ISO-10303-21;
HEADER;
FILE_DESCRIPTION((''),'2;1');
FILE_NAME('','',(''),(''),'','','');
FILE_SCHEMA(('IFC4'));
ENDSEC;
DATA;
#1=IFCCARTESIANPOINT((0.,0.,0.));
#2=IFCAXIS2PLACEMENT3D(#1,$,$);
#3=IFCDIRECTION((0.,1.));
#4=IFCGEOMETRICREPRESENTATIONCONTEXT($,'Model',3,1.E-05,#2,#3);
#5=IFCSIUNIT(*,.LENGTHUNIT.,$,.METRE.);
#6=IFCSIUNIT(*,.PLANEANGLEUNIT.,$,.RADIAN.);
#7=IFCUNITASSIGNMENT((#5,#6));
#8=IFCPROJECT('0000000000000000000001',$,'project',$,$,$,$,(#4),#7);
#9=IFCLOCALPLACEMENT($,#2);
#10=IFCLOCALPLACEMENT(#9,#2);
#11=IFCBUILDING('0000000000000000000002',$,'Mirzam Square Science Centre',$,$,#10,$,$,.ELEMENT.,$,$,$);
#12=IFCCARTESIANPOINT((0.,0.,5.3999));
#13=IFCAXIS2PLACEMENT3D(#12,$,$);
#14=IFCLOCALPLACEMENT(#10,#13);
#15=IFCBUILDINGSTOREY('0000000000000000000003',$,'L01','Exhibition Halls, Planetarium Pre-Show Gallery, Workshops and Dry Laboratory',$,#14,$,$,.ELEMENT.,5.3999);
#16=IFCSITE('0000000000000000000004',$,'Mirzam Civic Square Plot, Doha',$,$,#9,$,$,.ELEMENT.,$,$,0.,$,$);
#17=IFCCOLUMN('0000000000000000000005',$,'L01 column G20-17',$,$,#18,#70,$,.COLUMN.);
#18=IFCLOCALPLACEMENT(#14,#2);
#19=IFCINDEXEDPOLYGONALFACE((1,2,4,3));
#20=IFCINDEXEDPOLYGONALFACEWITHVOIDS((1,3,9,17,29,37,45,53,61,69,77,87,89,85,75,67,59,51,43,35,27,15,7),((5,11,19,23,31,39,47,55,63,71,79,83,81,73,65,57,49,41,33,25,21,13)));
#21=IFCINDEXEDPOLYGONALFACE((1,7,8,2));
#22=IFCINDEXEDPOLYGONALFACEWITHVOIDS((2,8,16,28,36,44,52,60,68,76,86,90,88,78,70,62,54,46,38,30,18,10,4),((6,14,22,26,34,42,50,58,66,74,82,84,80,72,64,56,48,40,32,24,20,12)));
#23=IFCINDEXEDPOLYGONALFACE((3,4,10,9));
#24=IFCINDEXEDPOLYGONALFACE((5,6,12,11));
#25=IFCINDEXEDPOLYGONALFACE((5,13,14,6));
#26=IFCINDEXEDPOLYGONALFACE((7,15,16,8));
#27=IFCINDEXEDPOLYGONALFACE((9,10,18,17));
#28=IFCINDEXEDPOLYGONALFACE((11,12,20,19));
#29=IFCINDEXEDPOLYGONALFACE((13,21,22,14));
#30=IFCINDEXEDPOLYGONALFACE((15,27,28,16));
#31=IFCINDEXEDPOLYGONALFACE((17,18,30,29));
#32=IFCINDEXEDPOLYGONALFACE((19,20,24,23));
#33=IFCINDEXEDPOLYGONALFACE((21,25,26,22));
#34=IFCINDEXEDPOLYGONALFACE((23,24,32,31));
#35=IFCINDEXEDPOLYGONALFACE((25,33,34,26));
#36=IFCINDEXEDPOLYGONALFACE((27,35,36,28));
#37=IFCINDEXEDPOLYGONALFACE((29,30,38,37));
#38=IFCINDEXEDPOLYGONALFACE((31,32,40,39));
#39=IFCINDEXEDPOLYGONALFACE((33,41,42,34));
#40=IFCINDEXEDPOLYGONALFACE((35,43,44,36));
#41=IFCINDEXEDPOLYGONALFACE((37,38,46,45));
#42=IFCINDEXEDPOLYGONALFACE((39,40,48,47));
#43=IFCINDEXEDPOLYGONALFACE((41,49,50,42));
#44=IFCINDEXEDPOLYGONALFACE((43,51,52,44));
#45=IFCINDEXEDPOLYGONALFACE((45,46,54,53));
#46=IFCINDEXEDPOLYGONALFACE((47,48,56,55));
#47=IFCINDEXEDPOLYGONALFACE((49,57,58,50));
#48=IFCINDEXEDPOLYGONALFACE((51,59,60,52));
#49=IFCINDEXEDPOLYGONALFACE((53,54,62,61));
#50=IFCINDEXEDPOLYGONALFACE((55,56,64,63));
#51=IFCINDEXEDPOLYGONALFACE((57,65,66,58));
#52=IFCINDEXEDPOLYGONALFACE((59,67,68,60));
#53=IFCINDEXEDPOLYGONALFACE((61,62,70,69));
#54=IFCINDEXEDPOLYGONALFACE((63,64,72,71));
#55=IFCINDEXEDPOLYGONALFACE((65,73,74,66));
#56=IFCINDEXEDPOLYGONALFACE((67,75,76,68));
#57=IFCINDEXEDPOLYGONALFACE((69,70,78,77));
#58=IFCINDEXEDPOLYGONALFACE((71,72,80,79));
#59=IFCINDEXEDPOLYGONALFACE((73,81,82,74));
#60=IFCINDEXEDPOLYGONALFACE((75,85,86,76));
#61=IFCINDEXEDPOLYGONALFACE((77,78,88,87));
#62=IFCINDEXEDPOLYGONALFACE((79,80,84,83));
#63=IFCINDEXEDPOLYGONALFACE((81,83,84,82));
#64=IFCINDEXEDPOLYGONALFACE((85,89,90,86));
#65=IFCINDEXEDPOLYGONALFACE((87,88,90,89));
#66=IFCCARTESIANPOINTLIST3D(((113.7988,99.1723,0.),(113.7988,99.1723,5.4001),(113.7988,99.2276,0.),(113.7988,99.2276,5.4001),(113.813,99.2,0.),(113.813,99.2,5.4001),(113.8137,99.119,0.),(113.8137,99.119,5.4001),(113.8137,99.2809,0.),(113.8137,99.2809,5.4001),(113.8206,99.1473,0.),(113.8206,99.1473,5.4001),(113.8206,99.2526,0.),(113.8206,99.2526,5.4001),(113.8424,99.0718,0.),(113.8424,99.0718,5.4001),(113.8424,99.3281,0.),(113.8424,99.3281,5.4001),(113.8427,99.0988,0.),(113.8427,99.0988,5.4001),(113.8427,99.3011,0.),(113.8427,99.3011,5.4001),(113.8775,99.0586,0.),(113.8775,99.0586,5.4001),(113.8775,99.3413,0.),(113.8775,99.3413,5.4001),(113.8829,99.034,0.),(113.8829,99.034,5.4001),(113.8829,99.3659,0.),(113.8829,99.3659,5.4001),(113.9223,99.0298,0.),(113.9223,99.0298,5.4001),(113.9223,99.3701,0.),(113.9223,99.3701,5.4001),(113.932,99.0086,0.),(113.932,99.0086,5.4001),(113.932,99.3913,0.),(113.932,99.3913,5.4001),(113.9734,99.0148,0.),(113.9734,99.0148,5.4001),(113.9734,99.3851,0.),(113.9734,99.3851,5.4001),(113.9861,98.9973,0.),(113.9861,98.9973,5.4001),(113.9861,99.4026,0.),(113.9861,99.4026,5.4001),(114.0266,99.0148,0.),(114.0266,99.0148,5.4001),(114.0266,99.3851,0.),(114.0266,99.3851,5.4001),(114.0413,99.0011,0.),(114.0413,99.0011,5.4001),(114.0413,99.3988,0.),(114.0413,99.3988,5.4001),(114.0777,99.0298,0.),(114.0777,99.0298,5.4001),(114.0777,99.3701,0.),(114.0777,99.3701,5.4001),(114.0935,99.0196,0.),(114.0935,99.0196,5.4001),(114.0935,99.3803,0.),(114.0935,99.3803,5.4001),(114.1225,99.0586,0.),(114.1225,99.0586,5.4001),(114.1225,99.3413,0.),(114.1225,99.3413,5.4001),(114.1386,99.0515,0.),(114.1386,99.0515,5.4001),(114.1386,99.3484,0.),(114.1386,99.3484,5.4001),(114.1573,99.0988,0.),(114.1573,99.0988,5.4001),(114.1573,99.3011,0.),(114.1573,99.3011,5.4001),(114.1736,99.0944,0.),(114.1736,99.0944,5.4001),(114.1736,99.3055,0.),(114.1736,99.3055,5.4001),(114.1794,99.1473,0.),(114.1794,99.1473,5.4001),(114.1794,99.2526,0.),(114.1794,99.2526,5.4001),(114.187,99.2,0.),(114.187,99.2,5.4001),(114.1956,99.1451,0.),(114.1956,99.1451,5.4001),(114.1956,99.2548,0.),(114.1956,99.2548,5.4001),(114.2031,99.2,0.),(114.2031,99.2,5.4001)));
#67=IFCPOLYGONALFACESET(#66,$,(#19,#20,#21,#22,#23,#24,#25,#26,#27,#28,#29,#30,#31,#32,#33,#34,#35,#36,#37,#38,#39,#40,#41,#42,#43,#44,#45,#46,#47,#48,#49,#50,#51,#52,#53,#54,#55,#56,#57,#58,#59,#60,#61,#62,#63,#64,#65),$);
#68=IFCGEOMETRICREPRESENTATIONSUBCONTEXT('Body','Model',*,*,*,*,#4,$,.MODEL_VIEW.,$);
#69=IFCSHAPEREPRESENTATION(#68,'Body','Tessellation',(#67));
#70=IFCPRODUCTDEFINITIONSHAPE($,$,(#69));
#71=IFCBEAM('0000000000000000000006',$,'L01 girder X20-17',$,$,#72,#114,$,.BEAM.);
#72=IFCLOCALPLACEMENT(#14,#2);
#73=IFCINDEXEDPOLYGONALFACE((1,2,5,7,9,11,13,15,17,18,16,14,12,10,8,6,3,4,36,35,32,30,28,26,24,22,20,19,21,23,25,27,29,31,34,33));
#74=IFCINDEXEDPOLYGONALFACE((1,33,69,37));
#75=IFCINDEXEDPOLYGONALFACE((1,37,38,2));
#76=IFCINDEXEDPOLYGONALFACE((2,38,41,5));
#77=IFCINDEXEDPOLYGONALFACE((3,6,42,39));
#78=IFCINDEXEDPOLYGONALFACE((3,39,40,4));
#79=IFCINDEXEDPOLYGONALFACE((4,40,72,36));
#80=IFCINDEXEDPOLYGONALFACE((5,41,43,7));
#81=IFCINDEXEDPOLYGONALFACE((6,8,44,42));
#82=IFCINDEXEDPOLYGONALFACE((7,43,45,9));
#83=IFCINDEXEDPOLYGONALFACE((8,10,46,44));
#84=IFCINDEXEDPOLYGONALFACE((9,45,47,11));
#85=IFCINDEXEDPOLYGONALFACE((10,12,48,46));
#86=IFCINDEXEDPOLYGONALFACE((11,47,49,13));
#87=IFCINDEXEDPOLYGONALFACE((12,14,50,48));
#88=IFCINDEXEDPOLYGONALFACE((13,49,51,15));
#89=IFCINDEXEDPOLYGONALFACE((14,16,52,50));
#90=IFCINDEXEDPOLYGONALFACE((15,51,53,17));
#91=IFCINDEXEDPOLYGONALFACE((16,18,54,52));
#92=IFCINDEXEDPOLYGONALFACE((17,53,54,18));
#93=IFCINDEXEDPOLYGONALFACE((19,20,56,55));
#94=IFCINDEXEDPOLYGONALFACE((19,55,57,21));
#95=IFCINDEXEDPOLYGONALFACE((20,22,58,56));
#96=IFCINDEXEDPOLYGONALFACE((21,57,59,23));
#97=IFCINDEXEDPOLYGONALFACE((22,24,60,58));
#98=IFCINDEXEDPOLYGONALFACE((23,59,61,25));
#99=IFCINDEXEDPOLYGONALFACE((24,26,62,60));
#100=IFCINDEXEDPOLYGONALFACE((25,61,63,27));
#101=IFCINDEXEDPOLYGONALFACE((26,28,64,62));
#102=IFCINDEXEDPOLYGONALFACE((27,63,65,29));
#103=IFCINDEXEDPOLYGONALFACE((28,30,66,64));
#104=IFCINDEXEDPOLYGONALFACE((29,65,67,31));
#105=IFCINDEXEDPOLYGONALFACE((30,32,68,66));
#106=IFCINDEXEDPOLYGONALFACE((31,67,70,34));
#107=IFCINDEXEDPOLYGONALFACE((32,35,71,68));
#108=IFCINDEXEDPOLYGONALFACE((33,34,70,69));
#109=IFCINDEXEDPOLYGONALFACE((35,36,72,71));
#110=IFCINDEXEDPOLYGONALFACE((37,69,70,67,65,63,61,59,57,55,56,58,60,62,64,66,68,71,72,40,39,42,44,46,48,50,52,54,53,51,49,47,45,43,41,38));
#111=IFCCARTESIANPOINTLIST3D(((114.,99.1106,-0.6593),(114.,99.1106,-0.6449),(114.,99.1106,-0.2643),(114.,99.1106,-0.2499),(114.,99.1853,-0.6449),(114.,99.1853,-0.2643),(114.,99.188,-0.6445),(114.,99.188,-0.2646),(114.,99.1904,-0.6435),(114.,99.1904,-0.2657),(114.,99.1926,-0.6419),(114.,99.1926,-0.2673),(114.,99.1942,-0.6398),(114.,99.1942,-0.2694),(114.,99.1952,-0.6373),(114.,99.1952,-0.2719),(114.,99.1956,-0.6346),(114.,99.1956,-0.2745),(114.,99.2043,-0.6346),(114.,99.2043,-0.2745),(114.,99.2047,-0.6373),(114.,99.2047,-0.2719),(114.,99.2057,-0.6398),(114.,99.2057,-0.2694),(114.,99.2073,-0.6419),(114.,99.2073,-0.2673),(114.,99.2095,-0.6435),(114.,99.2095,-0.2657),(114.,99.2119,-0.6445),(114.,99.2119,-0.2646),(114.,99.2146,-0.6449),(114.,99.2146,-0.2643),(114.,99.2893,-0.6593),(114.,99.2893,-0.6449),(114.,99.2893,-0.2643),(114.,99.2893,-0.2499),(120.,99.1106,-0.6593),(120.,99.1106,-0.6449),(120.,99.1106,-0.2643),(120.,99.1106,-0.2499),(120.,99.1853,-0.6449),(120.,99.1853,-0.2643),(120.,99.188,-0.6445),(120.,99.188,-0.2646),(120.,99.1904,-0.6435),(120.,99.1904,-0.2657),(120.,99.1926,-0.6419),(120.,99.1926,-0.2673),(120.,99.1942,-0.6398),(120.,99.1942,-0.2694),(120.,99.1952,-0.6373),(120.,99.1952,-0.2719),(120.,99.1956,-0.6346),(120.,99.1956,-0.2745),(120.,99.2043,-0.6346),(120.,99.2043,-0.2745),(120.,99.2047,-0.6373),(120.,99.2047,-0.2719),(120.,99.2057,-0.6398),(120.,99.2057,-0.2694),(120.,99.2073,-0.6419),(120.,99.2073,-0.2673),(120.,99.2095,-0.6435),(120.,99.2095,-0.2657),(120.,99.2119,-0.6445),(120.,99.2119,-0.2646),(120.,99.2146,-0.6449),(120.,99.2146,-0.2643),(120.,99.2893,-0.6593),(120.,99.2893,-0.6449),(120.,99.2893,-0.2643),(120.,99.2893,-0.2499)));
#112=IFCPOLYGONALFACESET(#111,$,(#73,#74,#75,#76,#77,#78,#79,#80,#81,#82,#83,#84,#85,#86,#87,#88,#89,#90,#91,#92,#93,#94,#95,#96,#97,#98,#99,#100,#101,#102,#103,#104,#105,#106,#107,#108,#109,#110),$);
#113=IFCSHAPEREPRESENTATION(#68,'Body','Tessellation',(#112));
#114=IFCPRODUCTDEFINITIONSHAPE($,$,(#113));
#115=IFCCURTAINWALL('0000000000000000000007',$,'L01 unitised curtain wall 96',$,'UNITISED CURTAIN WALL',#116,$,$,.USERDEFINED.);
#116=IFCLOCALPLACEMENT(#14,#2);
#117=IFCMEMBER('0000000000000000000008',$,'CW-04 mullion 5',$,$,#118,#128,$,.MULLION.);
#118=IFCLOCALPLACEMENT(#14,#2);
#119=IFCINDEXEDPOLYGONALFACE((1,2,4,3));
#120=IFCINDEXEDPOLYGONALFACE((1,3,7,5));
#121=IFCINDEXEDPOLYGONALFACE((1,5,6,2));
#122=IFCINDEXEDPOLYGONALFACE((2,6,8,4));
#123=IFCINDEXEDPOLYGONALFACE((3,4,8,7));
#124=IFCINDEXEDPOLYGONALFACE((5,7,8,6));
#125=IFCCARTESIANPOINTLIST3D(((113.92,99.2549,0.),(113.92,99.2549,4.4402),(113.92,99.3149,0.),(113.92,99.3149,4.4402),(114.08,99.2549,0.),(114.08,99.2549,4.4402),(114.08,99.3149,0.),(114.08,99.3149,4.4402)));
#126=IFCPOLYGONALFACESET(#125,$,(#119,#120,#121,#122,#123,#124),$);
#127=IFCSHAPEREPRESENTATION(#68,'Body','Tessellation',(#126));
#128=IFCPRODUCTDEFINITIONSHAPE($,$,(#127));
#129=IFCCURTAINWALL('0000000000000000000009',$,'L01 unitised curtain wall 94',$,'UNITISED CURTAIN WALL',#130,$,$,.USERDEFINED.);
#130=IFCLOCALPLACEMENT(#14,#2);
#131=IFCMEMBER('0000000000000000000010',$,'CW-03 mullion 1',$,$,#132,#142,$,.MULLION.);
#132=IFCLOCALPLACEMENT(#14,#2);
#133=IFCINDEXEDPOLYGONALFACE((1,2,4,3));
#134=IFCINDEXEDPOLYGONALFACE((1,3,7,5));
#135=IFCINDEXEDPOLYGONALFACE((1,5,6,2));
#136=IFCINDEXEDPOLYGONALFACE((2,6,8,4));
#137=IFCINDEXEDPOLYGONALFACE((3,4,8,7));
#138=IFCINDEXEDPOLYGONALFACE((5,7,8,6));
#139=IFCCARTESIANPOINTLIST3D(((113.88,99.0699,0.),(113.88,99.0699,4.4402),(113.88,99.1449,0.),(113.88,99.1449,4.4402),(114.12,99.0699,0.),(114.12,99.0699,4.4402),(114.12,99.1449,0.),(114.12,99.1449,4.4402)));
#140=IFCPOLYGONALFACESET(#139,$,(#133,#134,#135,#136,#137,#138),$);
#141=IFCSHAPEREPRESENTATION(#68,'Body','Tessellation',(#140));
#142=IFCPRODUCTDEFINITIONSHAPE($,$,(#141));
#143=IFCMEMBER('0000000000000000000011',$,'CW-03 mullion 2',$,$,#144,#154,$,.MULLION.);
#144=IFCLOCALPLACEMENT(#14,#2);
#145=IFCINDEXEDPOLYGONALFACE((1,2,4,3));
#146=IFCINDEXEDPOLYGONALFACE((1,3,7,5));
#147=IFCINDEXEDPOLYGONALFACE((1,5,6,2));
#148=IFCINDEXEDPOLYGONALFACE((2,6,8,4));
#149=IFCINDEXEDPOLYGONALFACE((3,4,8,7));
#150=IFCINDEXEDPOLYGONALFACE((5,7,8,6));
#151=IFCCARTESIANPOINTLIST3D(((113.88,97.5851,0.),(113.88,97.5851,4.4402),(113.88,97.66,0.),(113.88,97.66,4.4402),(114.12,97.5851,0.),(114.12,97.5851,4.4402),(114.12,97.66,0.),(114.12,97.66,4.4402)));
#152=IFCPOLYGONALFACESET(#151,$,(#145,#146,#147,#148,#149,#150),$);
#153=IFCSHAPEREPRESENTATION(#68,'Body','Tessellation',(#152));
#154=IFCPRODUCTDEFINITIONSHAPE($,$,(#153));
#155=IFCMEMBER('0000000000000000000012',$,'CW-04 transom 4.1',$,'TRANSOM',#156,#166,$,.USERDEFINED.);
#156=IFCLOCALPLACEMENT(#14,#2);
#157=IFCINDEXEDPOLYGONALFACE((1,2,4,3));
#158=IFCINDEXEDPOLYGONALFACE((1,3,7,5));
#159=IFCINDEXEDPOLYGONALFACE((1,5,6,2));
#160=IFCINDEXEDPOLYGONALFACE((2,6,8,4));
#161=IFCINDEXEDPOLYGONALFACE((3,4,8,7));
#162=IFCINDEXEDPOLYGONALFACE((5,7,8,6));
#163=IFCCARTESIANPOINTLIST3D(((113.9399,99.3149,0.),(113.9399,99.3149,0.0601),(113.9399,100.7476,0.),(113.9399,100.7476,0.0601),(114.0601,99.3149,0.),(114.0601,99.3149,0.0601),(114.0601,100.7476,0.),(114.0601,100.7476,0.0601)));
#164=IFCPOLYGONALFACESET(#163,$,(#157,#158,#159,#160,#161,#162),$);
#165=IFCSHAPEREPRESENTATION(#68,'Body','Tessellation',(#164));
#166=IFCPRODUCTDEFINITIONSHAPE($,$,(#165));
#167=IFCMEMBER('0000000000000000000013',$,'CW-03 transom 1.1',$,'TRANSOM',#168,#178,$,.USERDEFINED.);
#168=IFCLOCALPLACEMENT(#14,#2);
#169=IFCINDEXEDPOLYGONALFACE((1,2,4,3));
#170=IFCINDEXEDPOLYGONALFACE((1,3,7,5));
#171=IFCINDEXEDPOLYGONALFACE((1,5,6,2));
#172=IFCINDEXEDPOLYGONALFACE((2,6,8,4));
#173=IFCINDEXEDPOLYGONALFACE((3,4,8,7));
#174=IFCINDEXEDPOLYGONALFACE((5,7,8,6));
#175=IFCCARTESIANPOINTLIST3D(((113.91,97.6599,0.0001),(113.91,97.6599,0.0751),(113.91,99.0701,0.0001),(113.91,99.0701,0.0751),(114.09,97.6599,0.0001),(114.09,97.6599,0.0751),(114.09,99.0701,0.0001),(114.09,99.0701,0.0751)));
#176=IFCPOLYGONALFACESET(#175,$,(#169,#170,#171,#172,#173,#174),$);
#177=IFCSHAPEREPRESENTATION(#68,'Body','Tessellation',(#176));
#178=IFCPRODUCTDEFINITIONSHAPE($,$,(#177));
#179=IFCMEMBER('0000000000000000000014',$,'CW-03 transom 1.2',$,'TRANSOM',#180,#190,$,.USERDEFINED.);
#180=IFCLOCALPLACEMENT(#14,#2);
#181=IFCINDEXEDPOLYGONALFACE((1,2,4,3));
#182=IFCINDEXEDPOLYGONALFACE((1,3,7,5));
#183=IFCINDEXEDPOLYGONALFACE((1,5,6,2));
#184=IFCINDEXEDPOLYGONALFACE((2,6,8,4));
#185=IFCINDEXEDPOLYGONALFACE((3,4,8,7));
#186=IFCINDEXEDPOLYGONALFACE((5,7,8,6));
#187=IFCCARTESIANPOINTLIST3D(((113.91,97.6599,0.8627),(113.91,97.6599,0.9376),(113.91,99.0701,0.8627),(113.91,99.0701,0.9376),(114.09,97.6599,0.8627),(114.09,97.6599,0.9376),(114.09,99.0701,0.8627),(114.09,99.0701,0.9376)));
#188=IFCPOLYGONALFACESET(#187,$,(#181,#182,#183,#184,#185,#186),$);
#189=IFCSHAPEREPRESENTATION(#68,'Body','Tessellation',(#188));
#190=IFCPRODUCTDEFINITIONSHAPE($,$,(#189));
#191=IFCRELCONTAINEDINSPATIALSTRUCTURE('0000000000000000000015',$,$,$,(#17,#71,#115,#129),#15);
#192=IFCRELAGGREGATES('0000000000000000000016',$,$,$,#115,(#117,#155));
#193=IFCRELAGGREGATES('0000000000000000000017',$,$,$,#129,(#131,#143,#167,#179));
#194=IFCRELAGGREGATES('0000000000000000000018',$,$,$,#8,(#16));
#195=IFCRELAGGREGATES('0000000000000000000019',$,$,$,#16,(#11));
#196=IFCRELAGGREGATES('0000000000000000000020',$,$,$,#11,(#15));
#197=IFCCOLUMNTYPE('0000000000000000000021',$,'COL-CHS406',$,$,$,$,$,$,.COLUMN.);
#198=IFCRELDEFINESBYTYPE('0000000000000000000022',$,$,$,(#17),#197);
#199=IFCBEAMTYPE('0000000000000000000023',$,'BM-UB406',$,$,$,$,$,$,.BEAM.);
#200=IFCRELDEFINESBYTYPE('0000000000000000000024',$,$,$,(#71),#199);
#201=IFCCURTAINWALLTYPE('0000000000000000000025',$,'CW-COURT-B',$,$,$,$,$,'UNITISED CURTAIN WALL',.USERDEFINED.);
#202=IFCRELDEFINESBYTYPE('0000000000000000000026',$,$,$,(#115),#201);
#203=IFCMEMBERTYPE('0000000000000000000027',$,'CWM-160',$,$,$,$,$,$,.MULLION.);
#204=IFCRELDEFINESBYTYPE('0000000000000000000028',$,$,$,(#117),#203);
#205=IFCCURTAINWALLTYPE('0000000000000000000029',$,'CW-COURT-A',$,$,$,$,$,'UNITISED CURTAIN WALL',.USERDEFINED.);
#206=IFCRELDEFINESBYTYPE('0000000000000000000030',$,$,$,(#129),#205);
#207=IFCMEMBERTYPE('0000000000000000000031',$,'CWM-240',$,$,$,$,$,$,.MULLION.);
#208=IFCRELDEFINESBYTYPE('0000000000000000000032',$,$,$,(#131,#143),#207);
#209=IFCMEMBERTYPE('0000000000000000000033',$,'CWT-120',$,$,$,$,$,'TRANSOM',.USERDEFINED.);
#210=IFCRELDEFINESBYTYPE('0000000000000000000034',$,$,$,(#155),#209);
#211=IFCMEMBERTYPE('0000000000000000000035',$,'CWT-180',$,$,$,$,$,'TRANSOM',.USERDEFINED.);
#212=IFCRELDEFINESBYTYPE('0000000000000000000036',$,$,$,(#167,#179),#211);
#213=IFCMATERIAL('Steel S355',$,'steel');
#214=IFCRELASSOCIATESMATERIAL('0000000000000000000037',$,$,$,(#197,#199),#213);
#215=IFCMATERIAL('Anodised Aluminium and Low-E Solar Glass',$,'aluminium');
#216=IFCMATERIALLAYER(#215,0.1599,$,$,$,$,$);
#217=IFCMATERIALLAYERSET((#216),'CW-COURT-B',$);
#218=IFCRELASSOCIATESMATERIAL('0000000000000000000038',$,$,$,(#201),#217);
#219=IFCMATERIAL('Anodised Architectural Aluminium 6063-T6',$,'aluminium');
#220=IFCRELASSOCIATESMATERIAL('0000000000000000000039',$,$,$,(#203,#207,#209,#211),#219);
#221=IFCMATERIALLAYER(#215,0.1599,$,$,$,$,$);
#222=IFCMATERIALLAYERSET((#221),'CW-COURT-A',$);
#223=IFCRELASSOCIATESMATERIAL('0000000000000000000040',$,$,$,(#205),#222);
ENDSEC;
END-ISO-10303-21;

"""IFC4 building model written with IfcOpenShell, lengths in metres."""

from ifc_helpers import new_model, si_unit, direction, frame, origin, origin_2d, place, context, subcontext, project, spatial, rectangle, hollow_circle, i_section, extrude, material, layer, layer_set, material_profile, profile_set, type_object, element, aggregate, save


model = new_model("IFC4")

# Units and contexts
model_context = context("Model", 3, precision=1e-05, world=origin(), true_north=direction((0.0, 1.0)))
body_context = subcontext(model_context, "Body", "Model", "MODEL_VIEW")
ifc_project = project(units=[si_unit("LENGTHUNIT", "METRE"), si_unit("PLANEANGLEUNIT", "RADIAN")], contexts=[model_context])

# Site, building, storey
site_placement = place(None, origin())
site = spatial("IfcSite", under=ifc_project, at=site_placement, Name="Mirzam Civic Square Plot, Doha", CompositionType="ELEMENT", RefElevation=0.0)
building_placement = place(site_placement, origin())
building = spatial("IfcBuilding", under=site, at=building_placement, Name="Mirzam Square Science Centre", CompositionType="ELEMENT")
storey_placement = place(building_placement, frame((0.0, 0.0, 5.3999)))
storey = spatial("IfcBuildingStorey", under=building, at=storey_placement, Name="L01", Description="Exhibition Halls, Planetarium Pre-Show Gallery, Workshops and Dry Laboratory", CompositionType="ELEMENT", Elevation=5.3999)

# Column
ifc_material_1 = material(Name="Steel S355", Category="steel")
ifc_material_profile_1 = material_profile(ifc_material_1, hollow_circle(Radius=0.2031, WallThickness=0.0161, at=origin_2d()), Name="406.4x16.0CHS")
ifc_profile_set_1 = profile_set([ifc_material_profile_1], Name="Steel S355")
column_type = type_object("IfcColumnType", Name="COL-CHS406", PredefinedType="COLUMN", material=ifc_profile_set_1)
column_placement = place(storey_placement, frame((114.0, 99.2, 0.0), z_axis=(0.0, 0.0, 1.0), x_axis=(1.0, 0.0, 0.0)))
element("IfcColumn", 1, at=column_placement, inside=storey, type_object=column_type, Name="L01 column G20-17", PredefinedType="COLUMN", context=body_context, shape_type="SweptSolid", body=[
    extrude(hollow_circle(Radius=0.2031, WallThickness=0.0161, at=origin_2d()), origin(), (0.0, 0.0, 1.0), 5.4001),
])

# Beam
ifc_material_profile_2 = material_profile(ifc_material_1, i_section(OverallWidth=0.1787, OverallDepth=0.4094, WebThickness=0.0088, FlangeThickness=0.0144, FilletRadius=0.0103, at=origin_2d()), Name="406x178x67UB")
ifc_profile_set_2 = profile_set([ifc_material_profile_2], Name="Steel S355")
beam_type_1 = type_object("IfcBeamType", Name="BM-UB406", PredefinedType="BEAM", material=ifc_profile_set_2)
beam_1_placement = place(storey_placement, frame((114.0, 99.2, -0.4546), z_axis=(1.0, 0.0, 0.0), x_axis=(0.0, 1.0, 0.0)))
element("IfcBeam", 2, at=beam_1_placement, inside=storey, type_object=beam_type_1, Name="L01 girder X20-17", PredefinedType="BEAM", context=body_context, shape_type="SweptSolid", body=[
    extrude(i_section(OverallWidth=0.1787, OverallDepth=0.4094, WebThickness=0.0088, FlangeThickness=0.0144, FilletRadius=0.0103, at=origin_2d()), origin(), (0.0, 0.0, 1.0), 6.0),
])

# Curtain wall, member
ifc_material_2 = material(Name="Anodised Aluminium and Low-E Solar Glass", Category="aluminium")
ifc_layer_1 = layer(ifc_material_2, 0.1599)
ifc_layer_set_1 = layer_set([ifc_layer_1], Name="CW-COURT-B")
curtain_wall_type_1 = type_object("IfcCurtainWallType", Name="CW-COURT-B", ElementType="UNITISED CURTAIN WALL", PredefinedType="USERDEFINED", material=ifc_layer_set_1)
curtain_wall_1_placement = place(storey_placement, origin())
curtain_wall_1 = element("IfcCurtainWall", 3, at=curtain_wall_1_placement, inside=storey, type_object=curtain_wall_type_1, Name="L01 unitised curtain wall 96", ObjectType="UNITISED CURTAIN WALL", PredefinedType="USERDEFINED")
ifc_material_3 = material(Name="Anodised Architectural Aluminium 6063-T6", Category="aluminium")
ifc_material_profile_3 = material_profile(ifc_material_3, rectangle(XDim=0.0601, YDim=0.1599, at=origin_2d()), Name="ALU-MULL-160x60x4")
ifc_profile_set_3 = profile_set([ifc_material_profile_3], Name="Anodised Architectural Aluminium 6063-T6")
member_type_1 = type_object("IfcMemberType", Name="CWM-160", PredefinedType="MULLION", material=ifc_profile_set_3)
member_1_placement = place(storey_placement, frame((114.0, 99.2849, 0.0), z_axis=(0.0, 0.0, 1.0), x_axis=(0.0, -1.0, 0.0)))
member_1 = element("IfcMember", 4, at=member_1_placement, type_object=member_type_1, Name="CW-04 mullion 5", PredefinedType="MULLION", context=body_context, shape_type="SweptSolid", body=[
    extrude(rectangle(XDim=0.0601, YDim=0.1599, at=origin_2d()), origin(), (0.0, 0.0, 1.0), 4.4402),
])

# Curtain wall, members
ifc_layer_2 = layer(ifc_material_2, 0.1599)
ifc_layer_set_2 = layer_set([ifc_layer_2], Name="CW-COURT-A")
curtain_wall_type_2 = type_object("IfcCurtainWallType", Name="CW-COURT-A", ElementType="UNITISED CURTAIN WALL", PredefinedType="USERDEFINED", material=ifc_layer_set_2)
curtain_wall_2_placement = place(storey_placement, origin())
curtain_wall_2 = element("IfcCurtainWall", 5, at=curtain_wall_2_placement, inside=storey, type_object=curtain_wall_type_2, Name="L01 unitised curtain wall 94", ObjectType="UNITISED CURTAIN WALL", PredefinedType="USERDEFINED")
ifc_material_profile_4 = material_profile(ifc_material_3, rectangle(XDim=0.075, YDim=0.24, at=origin_2d()), Name="ALU-MULL-240x75x5")
ifc_profile_set_4 = profile_set([ifc_material_profile_4], Name="Anodised Architectural Aluminium 6063-T6")
member_type_2 = type_object("IfcMemberType", Name="CWM-240", PredefinedType="MULLION", material=ifc_profile_set_4)
member_2_placement = place(storey_placement, frame((114.0, 99.1074, 0.0), z_axis=(0.0, 0.0, 1.0), x_axis=(0.0, -1.0, 0.0)))
member_2 = element("IfcMember", 6, at=member_2_placement, type_object=member_type_2, Name="CW-03 mullion 1", PredefinedType="MULLION", context=body_context, shape_type="SweptSolid", body=[
    extrude(rectangle(XDim=0.075, YDim=0.24, at=origin_2d()), origin(), (0.0, 0.0, 1.0), 4.4402),
])
member_3_placement = place(storey_placement, frame((114.0, 97.6226, 0.0), z_axis=(0.0, 0.0, 1.0), x_axis=(0.0, -1.0, 0.0)))
member_3 = element("IfcMember", 7, at=member_3_placement, type_object=member_type_2, Name="CW-03 mullion 2", PredefinedType="MULLION", context=body_context, shape_type="SweptSolid", body=[
    extrude(rectangle(XDim=0.075, YDim=0.24, at=origin_2d()), origin(), (0.0, 0.0, 1.0), 4.4402),
])

# Members
ifc_material_profile_5 = material_profile(ifc_material_3, rectangle(XDim=0.1201, YDim=0.0601, at=origin_2d()), Name="ALU-TRAN-120x60x4")
ifc_profile_set_5 = profile_set([ifc_material_profile_5], Name="Anodised Architectural Aluminium 6063-T6")
member_type_3 = type_object("IfcMemberType", Name="CWT-120", ElementType="TRANSOM", PredefinedType="USERDEFINED", material=ifc_profile_set_5)
member_4_placement = place(storey_placement, frame((114.0, 100.7476, 0.03), z_axis=(0.0, -1.0, 0.0), x_axis=(1.0, 0.0, 0.0)))
member_4 = element("IfcMember", 8, at=member_4_placement, type_object=member_type_3, Name="CW-04 transom 4.1", ObjectType="TRANSOM", PredefinedType="USERDEFINED", context=body_context, shape_type="SweptSolid", body=[
    extrude(rectangle(XDim=0.1201, YDim=0.0601, at=origin_2d()), origin(), (0.0, 0.0, 1.0), 1.4326),
])
ifc_material_profile_6 = material_profile(ifc_material_3, rectangle(XDim=0.1799, YDim=0.075, at=origin_2d()), Name="ALU-TRAN-180x75x5")
ifc_profile_set_6 = profile_set([ifc_material_profile_6], Name="Anodised Architectural Aluminium 6063-T6")
member_type_4 = type_object("IfcMemberType", Name="CWT-180", ElementType="TRANSOM", PredefinedType="USERDEFINED", material=ifc_profile_set_6)
member_5_placement = place(storey_placement, frame((114.0, 99.0701, 0.0376), z_axis=(0.0, -1.0, 0.0), x_axis=(1.0, 0.0, 0.0)))
member_5 = element("IfcMember", 9, at=member_5_placement, type_object=member_type_4, Name="CW-03 transom 1.1", ObjectType="TRANSOM", PredefinedType="USERDEFINED", context=body_context, shape_type="SweptSolid", body=[
    extrude(rectangle(XDim=0.1799, YDim=0.075, at=origin_2d()), origin(), (0.0, 0.0, 1.0), 1.4102),
])
member_6_placement = place(storey_placement, frame((114.0, 99.0701, 0.9001), z_axis=(0.0, -1.0, 0.0), x_axis=(1.0, 0.0, 0.0)))
member_6 = element("IfcMember", 10, at=member_6_placement, type_object=member_type_4, Name="CW-03 transom 1.2", ObjectType="TRANSOM", PredefinedType="USERDEFINED", context=body_context, shape_type="SweptSolid", body=[
    extrude(rectangle(XDim=0.1799, YDim=0.075, at=origin_2d()), origin(), (0.0, 0.0, 1.0), 1.4102),
])

aggregate(curtain_wall_1, [member_1, member_4])
aggregate(curtain_wall_2, [member_2, member_3, member_5, member_6])

save(model, "model.ifc")
